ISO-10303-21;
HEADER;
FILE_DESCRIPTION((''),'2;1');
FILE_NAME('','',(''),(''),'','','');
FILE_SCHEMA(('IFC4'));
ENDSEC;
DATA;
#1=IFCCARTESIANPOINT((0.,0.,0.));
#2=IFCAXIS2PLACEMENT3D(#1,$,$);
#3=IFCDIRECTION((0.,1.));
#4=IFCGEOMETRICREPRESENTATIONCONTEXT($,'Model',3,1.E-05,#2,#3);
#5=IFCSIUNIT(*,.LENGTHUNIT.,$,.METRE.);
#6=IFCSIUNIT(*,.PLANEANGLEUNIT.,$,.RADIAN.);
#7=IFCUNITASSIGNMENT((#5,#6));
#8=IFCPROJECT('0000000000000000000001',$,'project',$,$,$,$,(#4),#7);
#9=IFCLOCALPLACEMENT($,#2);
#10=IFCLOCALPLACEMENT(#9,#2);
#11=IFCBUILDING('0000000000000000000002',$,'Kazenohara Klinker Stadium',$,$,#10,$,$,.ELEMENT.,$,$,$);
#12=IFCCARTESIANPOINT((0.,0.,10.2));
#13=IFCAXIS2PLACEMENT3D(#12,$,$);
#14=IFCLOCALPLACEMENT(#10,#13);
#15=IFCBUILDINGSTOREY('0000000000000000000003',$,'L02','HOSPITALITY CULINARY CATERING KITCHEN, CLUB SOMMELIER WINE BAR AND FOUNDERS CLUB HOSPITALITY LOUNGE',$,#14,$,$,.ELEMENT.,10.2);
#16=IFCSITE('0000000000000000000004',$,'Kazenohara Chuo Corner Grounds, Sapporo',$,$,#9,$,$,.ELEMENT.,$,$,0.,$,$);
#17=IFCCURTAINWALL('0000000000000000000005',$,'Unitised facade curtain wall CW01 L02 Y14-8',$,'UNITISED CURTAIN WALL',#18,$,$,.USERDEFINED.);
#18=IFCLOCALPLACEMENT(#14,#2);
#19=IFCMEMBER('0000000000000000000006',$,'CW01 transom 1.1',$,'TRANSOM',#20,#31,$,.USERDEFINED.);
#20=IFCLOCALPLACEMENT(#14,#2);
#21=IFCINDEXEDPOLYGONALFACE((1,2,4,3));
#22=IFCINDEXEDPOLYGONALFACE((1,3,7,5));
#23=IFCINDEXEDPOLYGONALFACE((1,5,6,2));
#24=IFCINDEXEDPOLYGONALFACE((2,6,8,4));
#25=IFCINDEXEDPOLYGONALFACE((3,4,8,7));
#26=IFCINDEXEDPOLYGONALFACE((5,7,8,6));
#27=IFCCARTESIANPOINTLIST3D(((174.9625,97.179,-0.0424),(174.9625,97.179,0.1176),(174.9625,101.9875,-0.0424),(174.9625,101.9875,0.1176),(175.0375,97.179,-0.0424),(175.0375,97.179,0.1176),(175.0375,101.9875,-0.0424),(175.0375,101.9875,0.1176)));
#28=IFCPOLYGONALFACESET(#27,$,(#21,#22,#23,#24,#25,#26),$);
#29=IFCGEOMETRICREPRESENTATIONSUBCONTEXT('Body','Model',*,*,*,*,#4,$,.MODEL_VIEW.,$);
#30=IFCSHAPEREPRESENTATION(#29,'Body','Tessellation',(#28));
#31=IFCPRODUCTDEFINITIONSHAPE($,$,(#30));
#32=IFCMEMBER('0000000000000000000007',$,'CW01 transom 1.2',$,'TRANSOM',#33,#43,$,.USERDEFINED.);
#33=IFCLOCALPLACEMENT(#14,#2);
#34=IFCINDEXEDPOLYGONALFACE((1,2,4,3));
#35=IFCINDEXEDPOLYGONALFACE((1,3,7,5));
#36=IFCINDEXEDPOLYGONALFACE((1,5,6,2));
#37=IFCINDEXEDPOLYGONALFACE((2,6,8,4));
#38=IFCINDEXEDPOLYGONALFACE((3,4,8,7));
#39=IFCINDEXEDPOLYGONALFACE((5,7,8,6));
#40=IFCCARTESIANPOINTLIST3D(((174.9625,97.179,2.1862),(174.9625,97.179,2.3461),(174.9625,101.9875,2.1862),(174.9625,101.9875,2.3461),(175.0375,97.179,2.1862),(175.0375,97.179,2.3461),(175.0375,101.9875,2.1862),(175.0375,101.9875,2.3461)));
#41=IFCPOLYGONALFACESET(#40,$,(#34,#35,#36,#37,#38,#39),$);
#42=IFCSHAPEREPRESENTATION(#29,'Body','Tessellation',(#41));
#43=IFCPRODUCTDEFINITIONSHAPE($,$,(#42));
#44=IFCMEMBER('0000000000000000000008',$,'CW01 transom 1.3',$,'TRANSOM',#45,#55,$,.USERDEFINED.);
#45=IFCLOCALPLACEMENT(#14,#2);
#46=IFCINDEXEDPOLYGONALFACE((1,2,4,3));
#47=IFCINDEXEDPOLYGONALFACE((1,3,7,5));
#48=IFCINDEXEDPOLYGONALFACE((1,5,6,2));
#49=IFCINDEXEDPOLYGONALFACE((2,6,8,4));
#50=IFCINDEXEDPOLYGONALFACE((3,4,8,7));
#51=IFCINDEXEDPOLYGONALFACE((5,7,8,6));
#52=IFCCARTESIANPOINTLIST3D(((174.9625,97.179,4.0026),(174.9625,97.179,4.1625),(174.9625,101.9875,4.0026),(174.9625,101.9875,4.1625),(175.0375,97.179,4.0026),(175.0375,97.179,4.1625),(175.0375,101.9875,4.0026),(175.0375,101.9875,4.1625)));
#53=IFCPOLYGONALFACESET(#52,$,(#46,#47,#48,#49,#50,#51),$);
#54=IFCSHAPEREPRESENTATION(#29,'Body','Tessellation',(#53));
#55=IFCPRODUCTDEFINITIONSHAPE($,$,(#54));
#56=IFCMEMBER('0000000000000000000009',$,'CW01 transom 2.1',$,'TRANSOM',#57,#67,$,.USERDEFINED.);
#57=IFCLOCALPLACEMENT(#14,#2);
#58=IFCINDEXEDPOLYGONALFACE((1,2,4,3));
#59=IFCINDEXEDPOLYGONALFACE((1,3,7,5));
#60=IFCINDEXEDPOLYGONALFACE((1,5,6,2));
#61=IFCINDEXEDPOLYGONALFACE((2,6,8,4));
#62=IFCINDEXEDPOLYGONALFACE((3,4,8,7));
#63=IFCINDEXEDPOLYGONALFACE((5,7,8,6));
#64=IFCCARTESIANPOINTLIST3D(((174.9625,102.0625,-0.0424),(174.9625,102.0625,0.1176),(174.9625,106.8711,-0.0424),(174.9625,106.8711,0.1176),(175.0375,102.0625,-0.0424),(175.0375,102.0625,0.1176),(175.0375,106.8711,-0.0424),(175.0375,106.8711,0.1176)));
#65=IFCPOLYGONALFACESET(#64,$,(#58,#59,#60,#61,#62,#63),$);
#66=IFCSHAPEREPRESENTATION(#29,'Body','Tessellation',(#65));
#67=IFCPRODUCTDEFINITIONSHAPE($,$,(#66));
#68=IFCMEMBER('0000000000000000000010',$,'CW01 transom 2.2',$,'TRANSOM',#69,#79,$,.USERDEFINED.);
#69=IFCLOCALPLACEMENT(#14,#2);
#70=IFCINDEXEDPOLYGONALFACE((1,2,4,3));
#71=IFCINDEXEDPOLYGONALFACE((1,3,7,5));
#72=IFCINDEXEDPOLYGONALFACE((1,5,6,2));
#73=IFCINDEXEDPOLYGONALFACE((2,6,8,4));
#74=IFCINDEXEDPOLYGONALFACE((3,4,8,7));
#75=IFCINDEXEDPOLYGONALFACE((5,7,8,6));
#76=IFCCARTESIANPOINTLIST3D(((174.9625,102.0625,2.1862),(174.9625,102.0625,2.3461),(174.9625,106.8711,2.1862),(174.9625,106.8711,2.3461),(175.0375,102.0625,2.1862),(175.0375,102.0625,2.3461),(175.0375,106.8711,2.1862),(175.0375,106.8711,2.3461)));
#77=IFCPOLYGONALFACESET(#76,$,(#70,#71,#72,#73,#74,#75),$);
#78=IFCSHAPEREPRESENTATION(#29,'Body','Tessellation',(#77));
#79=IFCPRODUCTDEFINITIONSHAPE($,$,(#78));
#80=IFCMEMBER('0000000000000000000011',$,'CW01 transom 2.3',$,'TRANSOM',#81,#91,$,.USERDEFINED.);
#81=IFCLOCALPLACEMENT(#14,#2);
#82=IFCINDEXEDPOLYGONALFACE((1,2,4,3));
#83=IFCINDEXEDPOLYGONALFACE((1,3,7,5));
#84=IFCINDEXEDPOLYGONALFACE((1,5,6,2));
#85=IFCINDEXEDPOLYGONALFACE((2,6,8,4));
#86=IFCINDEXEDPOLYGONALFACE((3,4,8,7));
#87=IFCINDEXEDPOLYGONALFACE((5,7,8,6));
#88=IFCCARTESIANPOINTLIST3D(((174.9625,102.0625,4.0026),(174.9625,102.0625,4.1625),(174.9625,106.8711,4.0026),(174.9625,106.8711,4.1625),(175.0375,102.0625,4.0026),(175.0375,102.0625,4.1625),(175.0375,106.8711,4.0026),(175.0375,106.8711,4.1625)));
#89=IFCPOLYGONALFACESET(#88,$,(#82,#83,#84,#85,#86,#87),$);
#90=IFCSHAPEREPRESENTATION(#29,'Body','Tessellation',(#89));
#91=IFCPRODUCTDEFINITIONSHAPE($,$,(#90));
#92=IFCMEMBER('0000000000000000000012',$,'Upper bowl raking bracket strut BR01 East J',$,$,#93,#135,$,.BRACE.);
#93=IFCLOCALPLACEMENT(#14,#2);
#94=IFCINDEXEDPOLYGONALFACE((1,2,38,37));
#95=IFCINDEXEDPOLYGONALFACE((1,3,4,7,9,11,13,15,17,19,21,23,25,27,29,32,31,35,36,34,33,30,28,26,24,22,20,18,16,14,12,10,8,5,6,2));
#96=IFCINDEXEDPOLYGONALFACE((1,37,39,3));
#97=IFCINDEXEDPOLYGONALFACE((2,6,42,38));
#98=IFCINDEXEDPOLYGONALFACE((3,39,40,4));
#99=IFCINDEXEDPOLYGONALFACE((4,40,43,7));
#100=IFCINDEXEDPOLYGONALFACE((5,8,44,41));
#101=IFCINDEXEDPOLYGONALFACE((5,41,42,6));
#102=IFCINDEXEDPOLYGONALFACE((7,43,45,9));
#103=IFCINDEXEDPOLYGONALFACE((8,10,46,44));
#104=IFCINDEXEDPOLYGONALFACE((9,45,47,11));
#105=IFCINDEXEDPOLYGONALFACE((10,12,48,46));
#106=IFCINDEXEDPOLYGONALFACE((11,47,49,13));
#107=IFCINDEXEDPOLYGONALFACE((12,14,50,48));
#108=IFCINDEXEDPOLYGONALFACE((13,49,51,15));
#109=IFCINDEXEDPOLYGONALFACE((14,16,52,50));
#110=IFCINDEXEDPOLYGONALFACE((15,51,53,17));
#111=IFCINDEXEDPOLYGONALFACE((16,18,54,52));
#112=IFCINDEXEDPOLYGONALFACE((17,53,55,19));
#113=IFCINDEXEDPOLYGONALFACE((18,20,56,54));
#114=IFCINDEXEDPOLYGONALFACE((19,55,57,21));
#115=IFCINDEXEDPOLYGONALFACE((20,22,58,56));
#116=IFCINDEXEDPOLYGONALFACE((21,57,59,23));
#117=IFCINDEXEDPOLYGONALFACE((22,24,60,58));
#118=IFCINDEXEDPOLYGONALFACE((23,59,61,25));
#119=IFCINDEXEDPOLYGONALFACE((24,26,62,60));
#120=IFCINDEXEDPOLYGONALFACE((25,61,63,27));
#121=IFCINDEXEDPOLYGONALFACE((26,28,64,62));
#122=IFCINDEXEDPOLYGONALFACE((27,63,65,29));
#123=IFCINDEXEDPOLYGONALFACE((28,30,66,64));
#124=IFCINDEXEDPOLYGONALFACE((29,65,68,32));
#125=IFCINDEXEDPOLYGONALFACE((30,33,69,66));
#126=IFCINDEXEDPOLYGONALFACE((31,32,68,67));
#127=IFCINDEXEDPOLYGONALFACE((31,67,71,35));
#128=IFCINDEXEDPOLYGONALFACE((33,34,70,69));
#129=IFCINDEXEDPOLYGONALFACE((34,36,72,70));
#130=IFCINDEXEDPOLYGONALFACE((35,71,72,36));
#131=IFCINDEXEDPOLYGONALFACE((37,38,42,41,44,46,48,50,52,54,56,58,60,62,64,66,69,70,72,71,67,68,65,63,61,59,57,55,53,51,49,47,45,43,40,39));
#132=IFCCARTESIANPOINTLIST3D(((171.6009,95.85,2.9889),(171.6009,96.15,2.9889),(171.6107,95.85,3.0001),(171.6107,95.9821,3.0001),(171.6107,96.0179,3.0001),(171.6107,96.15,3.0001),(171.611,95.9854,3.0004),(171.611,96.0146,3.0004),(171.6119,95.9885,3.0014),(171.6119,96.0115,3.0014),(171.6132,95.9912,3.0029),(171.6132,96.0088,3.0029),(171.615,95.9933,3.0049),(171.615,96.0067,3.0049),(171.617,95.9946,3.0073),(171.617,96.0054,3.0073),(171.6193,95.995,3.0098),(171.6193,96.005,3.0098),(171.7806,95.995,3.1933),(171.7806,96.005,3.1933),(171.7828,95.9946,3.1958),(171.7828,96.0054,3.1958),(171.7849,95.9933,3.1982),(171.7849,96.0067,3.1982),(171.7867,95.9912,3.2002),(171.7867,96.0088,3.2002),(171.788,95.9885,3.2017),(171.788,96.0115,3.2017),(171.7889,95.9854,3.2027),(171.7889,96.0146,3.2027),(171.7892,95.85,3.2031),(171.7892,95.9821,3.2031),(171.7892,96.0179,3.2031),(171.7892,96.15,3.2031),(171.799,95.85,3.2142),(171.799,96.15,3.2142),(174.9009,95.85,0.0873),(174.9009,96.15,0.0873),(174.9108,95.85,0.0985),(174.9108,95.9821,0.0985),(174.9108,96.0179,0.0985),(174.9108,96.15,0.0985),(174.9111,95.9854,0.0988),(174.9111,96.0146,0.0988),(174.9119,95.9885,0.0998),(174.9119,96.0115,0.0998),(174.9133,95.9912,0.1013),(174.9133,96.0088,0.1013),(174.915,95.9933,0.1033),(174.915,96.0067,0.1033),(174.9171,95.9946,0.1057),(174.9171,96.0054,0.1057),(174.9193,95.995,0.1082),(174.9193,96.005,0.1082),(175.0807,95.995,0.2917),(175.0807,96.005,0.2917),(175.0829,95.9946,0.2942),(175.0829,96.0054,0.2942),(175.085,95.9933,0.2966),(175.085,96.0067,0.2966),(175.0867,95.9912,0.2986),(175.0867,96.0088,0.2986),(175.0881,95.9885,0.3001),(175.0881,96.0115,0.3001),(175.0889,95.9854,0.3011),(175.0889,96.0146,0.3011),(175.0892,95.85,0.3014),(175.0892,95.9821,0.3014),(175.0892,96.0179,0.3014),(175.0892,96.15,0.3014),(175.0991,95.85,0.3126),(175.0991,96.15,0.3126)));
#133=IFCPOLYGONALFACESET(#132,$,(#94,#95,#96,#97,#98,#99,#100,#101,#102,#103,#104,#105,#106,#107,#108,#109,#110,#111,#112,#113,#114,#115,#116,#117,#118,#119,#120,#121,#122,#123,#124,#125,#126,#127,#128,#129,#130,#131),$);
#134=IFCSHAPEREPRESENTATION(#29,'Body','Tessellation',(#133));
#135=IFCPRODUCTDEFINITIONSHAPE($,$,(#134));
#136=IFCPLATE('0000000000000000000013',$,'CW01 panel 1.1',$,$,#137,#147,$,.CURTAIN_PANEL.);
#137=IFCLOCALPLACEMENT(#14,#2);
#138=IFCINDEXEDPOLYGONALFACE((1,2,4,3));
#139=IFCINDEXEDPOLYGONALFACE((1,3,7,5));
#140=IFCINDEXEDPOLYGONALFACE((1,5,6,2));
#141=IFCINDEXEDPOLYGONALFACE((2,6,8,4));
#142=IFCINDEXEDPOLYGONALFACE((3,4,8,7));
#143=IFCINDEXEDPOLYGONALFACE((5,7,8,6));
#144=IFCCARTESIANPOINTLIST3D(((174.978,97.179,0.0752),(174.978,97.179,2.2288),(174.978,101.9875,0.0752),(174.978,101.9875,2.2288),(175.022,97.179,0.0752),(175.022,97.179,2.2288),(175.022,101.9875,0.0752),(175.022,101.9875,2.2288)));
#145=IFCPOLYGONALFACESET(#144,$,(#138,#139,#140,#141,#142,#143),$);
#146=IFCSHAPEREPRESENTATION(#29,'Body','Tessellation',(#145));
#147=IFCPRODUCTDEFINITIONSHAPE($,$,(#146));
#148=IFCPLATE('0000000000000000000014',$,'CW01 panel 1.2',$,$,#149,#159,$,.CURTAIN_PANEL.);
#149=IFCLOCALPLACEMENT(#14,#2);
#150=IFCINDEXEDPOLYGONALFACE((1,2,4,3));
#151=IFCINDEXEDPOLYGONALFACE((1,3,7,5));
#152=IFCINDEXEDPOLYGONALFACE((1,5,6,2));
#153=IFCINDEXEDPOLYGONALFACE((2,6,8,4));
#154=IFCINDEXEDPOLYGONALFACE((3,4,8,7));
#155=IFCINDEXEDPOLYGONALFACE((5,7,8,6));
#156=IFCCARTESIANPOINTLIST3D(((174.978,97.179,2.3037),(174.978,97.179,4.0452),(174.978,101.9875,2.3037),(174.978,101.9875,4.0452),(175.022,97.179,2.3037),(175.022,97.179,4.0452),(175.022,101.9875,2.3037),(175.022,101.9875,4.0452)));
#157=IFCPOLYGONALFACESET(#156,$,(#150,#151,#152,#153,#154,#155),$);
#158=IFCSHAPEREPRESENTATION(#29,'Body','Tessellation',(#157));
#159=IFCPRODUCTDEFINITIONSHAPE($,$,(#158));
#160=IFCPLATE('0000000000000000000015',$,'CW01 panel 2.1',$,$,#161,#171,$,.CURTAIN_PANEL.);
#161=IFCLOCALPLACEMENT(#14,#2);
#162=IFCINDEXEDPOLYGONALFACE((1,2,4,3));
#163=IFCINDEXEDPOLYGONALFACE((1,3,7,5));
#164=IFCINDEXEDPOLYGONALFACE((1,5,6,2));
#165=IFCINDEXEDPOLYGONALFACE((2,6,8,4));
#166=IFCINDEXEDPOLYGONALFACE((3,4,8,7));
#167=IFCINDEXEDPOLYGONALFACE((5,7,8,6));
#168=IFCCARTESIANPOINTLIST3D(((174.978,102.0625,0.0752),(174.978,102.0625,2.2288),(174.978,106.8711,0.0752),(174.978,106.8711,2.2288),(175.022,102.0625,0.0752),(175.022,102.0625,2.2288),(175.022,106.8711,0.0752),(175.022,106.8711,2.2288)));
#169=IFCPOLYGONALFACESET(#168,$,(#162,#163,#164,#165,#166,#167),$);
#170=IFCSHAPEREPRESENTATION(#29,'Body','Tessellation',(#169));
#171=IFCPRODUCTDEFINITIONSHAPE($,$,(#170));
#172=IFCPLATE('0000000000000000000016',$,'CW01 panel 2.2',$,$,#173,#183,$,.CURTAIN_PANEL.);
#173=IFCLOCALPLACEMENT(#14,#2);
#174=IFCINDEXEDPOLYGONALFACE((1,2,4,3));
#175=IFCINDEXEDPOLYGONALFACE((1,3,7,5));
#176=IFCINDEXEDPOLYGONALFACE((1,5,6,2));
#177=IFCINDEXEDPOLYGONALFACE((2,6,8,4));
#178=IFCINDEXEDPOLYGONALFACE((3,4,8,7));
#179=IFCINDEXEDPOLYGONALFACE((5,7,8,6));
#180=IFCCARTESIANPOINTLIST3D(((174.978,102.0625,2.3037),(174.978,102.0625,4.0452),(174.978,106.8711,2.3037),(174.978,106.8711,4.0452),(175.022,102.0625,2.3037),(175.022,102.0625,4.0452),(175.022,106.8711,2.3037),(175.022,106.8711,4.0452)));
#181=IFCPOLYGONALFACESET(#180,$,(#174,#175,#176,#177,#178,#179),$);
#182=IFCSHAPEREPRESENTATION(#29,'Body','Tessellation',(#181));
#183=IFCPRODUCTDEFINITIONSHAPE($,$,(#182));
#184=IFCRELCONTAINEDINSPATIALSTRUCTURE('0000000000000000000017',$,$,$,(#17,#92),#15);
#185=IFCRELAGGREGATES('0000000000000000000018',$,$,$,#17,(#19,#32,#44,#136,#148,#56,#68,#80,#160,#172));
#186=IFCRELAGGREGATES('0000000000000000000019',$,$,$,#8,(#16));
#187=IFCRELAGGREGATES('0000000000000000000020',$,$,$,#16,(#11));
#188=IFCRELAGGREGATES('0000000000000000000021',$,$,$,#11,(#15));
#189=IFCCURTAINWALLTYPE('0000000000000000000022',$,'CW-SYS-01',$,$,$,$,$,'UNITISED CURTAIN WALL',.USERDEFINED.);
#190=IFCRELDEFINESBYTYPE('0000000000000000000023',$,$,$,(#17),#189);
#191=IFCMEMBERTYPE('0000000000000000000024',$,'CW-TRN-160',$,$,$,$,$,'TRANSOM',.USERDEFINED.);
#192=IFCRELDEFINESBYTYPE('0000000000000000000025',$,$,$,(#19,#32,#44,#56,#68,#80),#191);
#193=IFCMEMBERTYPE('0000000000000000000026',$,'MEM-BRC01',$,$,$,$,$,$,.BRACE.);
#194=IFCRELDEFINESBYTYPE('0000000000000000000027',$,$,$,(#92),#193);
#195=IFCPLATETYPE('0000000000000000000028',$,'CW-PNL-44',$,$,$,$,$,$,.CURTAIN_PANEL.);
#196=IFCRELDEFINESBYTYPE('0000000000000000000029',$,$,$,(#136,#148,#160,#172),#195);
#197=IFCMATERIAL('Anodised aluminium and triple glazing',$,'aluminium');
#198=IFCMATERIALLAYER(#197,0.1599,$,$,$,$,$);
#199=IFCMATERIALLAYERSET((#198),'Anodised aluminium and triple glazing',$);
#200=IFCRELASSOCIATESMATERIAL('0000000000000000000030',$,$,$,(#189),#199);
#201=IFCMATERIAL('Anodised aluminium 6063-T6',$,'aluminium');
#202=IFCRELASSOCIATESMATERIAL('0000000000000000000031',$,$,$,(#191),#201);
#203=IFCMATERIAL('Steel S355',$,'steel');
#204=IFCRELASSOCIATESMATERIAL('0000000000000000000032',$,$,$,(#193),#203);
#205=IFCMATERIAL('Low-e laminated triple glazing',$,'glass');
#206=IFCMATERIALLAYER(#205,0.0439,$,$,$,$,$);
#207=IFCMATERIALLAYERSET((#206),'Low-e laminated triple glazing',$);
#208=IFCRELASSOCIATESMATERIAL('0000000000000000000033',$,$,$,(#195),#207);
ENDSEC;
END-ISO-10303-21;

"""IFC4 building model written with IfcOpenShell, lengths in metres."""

from ifc_helpers import new_model, si_unit, direction, frame, origin, origin_2d, place, context, subcontext, project, spatial, rectangle, i_section, extrude, material, layer, layer_set, material_profile, profile_set, type_object, element, aggregate, save


model = new_model("IFC4")

# Units and contexts
model_context = context("Model", 3, precision=1e-05, world=origin(), true_north=direction((0.0, 1.0)))
body_context = subcontext(model_context, "Body", "Model", "MODEL_VIEW")
ifc_project = project(units=[si_unit("LENGTHUNIT", "METRE"), si_unit("PLANEANGLEUNIT", "RADIAN")], contexts=[model_context])

# Site, building, storey
site_placement = place(None, origin())
site = spatial("IfcSite", under=ifc_project, at=site_placement, Name="Kazenohara Chuo Corner Grounds, Sapporo", CompositionType="ELEMENT", RefElevation=0.0)
building_placement = place(site_placement, origin())
building = spatial("IfcBuilding", under=site, at=building_placement, Name="Kazenohara Klinker Stadium", CompositionType="ELEMENT")
storey_placement = place(building_placement, frame((0.0, 0.0, 10.2)))
storey = spatial("IfcBuildingStorey", under=building, at=storey_placement, Name="L02", Description="HOSPITALITY CULINARY CATERING KITCHEN, CLUB SOMMELIER WINE BAR AND FOUNDERS CLUB HOSPITALITY LOUNGE", CompositionType="ELEMENT", Elevation=10.2)

# Shared definitions
ifc_material_1 = material(Name="Steel S355", Category="steel")

# Curtain wall, members
ifc_material_2 = material(Name="Anodised aluminium and triple glazing", Category="aluminium")
ifc_layer_1 = layer(ifc_material_2, 0.1599)
ifc_layer_set_1 = layer_set([ifc_layer_1], Name="Anodised aluminium and triple glazing")
curtain_wall_type = type_object("IfcCurtainWallType", Name="CW-SYS-01", ElementType="UNITISED CURTAIN WALL", PredefinedType="USERDEFINED", material=ifc_layer_set_1)
curtain_wall_placement = place(storey_placement, origin())
curtain_wall = element("IfcCurtainWall", 1, at=curtain_wall_placement, inside=storey, type_object=curtain_wall_type, Name="Unitised facade curtain wall CW01 L02 Y14-8", ObjectType="UNITISED CURTAIN WALL", PredefinedType="USERDEFINED")
ifc_material_3 = material(Name="Anodised aluminium 6063-T6", Category="aluminium")
ifc_material_profile_1 = material_profile(ifc_material_3, rectangle(XDim=0.075, YDim=0.1599, at=origin_2d()), Name="ALU-TRN-75x160")
ifc_profile_set_1 = profile_set([ifc_material_profile_1], Name="Anodised aluminium 6063-T6")
member_type_1 = type_object("IfcMemberType", Name="CW-TRN-160", ElementType="TRANSOM", PredefinedType="USERDEFINED", material=ifc_profile_set_1)
member_1_placement = place(storey_placement, frame((175.0, 97.179, 0.0376), z_axis=(0.0, 1.0, 0.0), x_axis=(-1.0, 0.0, 0.0)))
member_1 = element("IfcMember", 2, at=member_1_placement, type_object=member_type_1, Name="CW01 transom 1.1", ObjectType="TRANSOM", PredefinedType="USERDEFINED", context=body_context, shape_type="SweptSolid", body=[
    extrude(rectangle(XDim=0.075, YDim=0.1599, at=origin_2d()), origin(), (0.0, 0.0, 1.0), 4.8086),
])
member_2_placement = place(storey_placement, frame((175.0, 97.179, 2.2661), z_axis=(0.0, 1.0, 0.0), x_axis=(-1.0, 0.0, 0.0)))
member_2 = element("IfcMember", 3, at=member_2_placement, type_object=member_type_1, Name="CW01 transom 1.2", ObjectType="TRANSOM", PredefinedType="USERDEFINED", context=body_context, shape_type="SweptSolid", body=[
    extrude(rectangle(XDim=0.075, YDim=0.1599, at=origin_2d()), origin(), (0.0, 0.0, 1.0), 4.8086),
])
member_3_placement = place(storey_placement, frame((175.0, 97.179, 4.0825), z_axis=(0.0, 1.0, 0.0), x_axis=(-1.0, 0.0, 0.0)))
member_3 = element("IfcMember", 4, at=member_3_placement, type_object=member_type_1, Name="CW01 transom 1.3", ObjectType="TRANSOM", PredefinedType="USERDEFINED", context=body_context, shape_type="SweptSolid", body=[
    extrude(rectangle(XDim=0.075, YDim=0.1599, at=origin_2d()), origin(), (0.0, 0.0, 1.0), 4.8086),
])
member_4_placement = place(storey_placement, frame((175.0, 102.0625, 0.0376), z_axis=(0.0, 1.0, 0.0), x_axis=(-1.0, 0.0, 0.0)))
member_4 = element("IfcMember", 5, at=member_4_placement, type_object=member_type_1, Name="CW01 transom 2.1", ObjectType="TRANSOM", PredefinedType="USERDEFINED", context=body_context, shape_type="SweptSolid", body=[
    extrude(rectangle(XDim=0.075, YDim=0.1599, at=origin_2d()), origin(), (0.0, 0.0, 1.0), 4.8086),
])
member_5_placement = place(storey_placement, frame((175.0, 102.0625, 2.2661), z_axis=(0.0, 1.0, 0.0), x_axis=(-1.0, 0.0, 0.0)))
member_5 = element("IfcMember", 6, at=member_5_placement, type_object=member_type_1, Name="CW01 transom 2.2", ObjectType="TRANSOM", PredefinedType="USERDEFINED", context=body_context, shape_type="SweptSolid", body=[
    extrude(rectangle(XDim=0.075, YDim=0.1599, at=origin_2d()), origin(), (0.0, 0.0, 1.0), 4.8086),
])
member_6_placement = place(storey_placement, frame((175.0, 102.0625, 4.0825), z_axis=(0.0, 1.0, 0.0), x_axis=(-1.0, 0.0, 0.0)))
member_6 = element("IfcMember", 7, at=member_6_placement, type_object=member_type_1, Name="CW01 transom 2.3", ObjectType="TRANSOM", PredefinedType="USERDEFINED", context=body_context, shape_type="SweptSolid", body=[
    extrude(rectangle(XDim=0.075, YDim=0.1599, at=origin_2d()), origin(), (0.0, 0.0, 1.0), 4.8086),
])

# Member
ifc_material_profile_2 = material_profile(ifc_material_1, i_section(OverallWidth=0.3, OverallDepth=0.3, WebThickness=0.01, FlangeThickness=0.0149, FilletRadius=0.0129, at=origin_2d()), Name="H-300x300x10x15")
ifc_profile_set_2 = profile_set([ifc_material_profile_2], Name="Steel S355")
member_type_2 = type_object("IfcMemberType", Name="MEM-BRC01", PredefinedType="BRACE", material=ifc_profile_set_2)
member_7_placement = place(storey_placement, frame((175.0, 96.0, 0.2), z_axis=(-0.750988, 0.0, 0.660316), x_axis=(0.0, -1.0, 0.0)))
element("IfcMember", 8, at=member_7_placement, inside=storey, type_object=member_type_2, Name="Upper bowl raking bracket strut BR01 East J", PredefinedType="BRACE", context=body_context, shape_type="SweptSolid", body=[
    extrude(i_section(OverallWidth=0.3, OverallDepth=0.3, WebThickness=0.01, FlangeThickness=0.0149, FilletRadius=0.0129, at=origin_2d()), origin(), (0.0, 0.0, 1.0), 4.3943),
])

# Plates
ifc_material_4 = material(Name="Low-e laminated triple glazing", Category="glass")
ifc_layer_2 = layer(ifc_material_4, 0.0439)
ifc_layer_set_2 = layer_set([ifc_layer_2], Name="Low-e laminated triple glazing")
plate_type = type_object("IfcPlateType", Name="CW-PNL-44", PredefinedType="CURTAIN_PANEL", material=ifc_layer_set_2)
plate_1_placement = place(storey_placement, frame((175.0, 99.5833, 0.0752), z_axis=(0.0, 0.0, 1.0), x_axis=(0.0, 1.0, 0.0)))
plate_1 = element("IfcPlate", 9, at=plate_1_placement, type_object=plate_type, Name="CW01 panel 1.1", PredefinedType="CURTAIN_PANEL", context=body_context, shape_type="SweptSolid", body=[
    extrude(rectangle(XDim=4.8086, YDim=0.0439, at=origin_2d()), origin(), (0.0, 0.0, 1.0), 2.1536),
])
plate_2_placement = place(storey_placement, frame((175.0, 99.5833, 2.3037), z_axis=(0.0, 0.0, 1.0), x_axis=(0.0, 1.0, 0.0)))
plate_2 = element("IfcPlate", 10, at=plate_2_placement, type_object=plate_type, Name="CW01 panel 1.2", PredefinedType="CURTAIN_PANEL", context=body_context, shape_type="SweptSolid", body=[
    extrude(rectangle(XDim=4.8086, YDim=0.0439, at=origin_2d()), origin(), (0.0, 0.0, 1.0), 1.7415),
])
plate_3_placement = place(storey_placement, frame((175.0, 104.4668, 0.0752), z_axis=(0.0, 0.0, 1.0), x_axis=(0.0, 1.0, 0.0)))
plate_3 = element("IfcPlate", 11, at=plate_3_placement, type_object=plate_type, Name="CW01 panel 2.1", PredefinedType="CURTAIN_PANEL", context=body_context, shape_type="SweptSolid", body=[
    extrude(rectangle(XDim=4.8086, YDim=0.0439, at=origin_2d()), origin(), (0.0, 0.0, 1.0), 2.1536),
])
plate_4_placement = place(storey_placement, frame((175.0, 104.4668, 2.3037), z_axis=(0.0, 0.0, 1.0), x_axis=(0.0, 1.0, 0.0)))
plate_4 = element("IfcPlate", 12, at=plate_4_placement, type_object=plate_type, Name="CW01 panel 2.2", PredefinedType="CURTAIN_PANEL", context=body_context, shape_type="SweptSolid", body=[
    extrude(rectangle(XDim=4.8086, YDim=0.0439, at=origin_2d()), origin(), (0.0, 0.0, 1.0), 1.7415),
])
aggregate(curtain_wall, [member_1, member_2, member_3, plate_1, plate_2, member_4, member_5, member_6, plate_3, plate_4])

save(model, "model.ifc")
